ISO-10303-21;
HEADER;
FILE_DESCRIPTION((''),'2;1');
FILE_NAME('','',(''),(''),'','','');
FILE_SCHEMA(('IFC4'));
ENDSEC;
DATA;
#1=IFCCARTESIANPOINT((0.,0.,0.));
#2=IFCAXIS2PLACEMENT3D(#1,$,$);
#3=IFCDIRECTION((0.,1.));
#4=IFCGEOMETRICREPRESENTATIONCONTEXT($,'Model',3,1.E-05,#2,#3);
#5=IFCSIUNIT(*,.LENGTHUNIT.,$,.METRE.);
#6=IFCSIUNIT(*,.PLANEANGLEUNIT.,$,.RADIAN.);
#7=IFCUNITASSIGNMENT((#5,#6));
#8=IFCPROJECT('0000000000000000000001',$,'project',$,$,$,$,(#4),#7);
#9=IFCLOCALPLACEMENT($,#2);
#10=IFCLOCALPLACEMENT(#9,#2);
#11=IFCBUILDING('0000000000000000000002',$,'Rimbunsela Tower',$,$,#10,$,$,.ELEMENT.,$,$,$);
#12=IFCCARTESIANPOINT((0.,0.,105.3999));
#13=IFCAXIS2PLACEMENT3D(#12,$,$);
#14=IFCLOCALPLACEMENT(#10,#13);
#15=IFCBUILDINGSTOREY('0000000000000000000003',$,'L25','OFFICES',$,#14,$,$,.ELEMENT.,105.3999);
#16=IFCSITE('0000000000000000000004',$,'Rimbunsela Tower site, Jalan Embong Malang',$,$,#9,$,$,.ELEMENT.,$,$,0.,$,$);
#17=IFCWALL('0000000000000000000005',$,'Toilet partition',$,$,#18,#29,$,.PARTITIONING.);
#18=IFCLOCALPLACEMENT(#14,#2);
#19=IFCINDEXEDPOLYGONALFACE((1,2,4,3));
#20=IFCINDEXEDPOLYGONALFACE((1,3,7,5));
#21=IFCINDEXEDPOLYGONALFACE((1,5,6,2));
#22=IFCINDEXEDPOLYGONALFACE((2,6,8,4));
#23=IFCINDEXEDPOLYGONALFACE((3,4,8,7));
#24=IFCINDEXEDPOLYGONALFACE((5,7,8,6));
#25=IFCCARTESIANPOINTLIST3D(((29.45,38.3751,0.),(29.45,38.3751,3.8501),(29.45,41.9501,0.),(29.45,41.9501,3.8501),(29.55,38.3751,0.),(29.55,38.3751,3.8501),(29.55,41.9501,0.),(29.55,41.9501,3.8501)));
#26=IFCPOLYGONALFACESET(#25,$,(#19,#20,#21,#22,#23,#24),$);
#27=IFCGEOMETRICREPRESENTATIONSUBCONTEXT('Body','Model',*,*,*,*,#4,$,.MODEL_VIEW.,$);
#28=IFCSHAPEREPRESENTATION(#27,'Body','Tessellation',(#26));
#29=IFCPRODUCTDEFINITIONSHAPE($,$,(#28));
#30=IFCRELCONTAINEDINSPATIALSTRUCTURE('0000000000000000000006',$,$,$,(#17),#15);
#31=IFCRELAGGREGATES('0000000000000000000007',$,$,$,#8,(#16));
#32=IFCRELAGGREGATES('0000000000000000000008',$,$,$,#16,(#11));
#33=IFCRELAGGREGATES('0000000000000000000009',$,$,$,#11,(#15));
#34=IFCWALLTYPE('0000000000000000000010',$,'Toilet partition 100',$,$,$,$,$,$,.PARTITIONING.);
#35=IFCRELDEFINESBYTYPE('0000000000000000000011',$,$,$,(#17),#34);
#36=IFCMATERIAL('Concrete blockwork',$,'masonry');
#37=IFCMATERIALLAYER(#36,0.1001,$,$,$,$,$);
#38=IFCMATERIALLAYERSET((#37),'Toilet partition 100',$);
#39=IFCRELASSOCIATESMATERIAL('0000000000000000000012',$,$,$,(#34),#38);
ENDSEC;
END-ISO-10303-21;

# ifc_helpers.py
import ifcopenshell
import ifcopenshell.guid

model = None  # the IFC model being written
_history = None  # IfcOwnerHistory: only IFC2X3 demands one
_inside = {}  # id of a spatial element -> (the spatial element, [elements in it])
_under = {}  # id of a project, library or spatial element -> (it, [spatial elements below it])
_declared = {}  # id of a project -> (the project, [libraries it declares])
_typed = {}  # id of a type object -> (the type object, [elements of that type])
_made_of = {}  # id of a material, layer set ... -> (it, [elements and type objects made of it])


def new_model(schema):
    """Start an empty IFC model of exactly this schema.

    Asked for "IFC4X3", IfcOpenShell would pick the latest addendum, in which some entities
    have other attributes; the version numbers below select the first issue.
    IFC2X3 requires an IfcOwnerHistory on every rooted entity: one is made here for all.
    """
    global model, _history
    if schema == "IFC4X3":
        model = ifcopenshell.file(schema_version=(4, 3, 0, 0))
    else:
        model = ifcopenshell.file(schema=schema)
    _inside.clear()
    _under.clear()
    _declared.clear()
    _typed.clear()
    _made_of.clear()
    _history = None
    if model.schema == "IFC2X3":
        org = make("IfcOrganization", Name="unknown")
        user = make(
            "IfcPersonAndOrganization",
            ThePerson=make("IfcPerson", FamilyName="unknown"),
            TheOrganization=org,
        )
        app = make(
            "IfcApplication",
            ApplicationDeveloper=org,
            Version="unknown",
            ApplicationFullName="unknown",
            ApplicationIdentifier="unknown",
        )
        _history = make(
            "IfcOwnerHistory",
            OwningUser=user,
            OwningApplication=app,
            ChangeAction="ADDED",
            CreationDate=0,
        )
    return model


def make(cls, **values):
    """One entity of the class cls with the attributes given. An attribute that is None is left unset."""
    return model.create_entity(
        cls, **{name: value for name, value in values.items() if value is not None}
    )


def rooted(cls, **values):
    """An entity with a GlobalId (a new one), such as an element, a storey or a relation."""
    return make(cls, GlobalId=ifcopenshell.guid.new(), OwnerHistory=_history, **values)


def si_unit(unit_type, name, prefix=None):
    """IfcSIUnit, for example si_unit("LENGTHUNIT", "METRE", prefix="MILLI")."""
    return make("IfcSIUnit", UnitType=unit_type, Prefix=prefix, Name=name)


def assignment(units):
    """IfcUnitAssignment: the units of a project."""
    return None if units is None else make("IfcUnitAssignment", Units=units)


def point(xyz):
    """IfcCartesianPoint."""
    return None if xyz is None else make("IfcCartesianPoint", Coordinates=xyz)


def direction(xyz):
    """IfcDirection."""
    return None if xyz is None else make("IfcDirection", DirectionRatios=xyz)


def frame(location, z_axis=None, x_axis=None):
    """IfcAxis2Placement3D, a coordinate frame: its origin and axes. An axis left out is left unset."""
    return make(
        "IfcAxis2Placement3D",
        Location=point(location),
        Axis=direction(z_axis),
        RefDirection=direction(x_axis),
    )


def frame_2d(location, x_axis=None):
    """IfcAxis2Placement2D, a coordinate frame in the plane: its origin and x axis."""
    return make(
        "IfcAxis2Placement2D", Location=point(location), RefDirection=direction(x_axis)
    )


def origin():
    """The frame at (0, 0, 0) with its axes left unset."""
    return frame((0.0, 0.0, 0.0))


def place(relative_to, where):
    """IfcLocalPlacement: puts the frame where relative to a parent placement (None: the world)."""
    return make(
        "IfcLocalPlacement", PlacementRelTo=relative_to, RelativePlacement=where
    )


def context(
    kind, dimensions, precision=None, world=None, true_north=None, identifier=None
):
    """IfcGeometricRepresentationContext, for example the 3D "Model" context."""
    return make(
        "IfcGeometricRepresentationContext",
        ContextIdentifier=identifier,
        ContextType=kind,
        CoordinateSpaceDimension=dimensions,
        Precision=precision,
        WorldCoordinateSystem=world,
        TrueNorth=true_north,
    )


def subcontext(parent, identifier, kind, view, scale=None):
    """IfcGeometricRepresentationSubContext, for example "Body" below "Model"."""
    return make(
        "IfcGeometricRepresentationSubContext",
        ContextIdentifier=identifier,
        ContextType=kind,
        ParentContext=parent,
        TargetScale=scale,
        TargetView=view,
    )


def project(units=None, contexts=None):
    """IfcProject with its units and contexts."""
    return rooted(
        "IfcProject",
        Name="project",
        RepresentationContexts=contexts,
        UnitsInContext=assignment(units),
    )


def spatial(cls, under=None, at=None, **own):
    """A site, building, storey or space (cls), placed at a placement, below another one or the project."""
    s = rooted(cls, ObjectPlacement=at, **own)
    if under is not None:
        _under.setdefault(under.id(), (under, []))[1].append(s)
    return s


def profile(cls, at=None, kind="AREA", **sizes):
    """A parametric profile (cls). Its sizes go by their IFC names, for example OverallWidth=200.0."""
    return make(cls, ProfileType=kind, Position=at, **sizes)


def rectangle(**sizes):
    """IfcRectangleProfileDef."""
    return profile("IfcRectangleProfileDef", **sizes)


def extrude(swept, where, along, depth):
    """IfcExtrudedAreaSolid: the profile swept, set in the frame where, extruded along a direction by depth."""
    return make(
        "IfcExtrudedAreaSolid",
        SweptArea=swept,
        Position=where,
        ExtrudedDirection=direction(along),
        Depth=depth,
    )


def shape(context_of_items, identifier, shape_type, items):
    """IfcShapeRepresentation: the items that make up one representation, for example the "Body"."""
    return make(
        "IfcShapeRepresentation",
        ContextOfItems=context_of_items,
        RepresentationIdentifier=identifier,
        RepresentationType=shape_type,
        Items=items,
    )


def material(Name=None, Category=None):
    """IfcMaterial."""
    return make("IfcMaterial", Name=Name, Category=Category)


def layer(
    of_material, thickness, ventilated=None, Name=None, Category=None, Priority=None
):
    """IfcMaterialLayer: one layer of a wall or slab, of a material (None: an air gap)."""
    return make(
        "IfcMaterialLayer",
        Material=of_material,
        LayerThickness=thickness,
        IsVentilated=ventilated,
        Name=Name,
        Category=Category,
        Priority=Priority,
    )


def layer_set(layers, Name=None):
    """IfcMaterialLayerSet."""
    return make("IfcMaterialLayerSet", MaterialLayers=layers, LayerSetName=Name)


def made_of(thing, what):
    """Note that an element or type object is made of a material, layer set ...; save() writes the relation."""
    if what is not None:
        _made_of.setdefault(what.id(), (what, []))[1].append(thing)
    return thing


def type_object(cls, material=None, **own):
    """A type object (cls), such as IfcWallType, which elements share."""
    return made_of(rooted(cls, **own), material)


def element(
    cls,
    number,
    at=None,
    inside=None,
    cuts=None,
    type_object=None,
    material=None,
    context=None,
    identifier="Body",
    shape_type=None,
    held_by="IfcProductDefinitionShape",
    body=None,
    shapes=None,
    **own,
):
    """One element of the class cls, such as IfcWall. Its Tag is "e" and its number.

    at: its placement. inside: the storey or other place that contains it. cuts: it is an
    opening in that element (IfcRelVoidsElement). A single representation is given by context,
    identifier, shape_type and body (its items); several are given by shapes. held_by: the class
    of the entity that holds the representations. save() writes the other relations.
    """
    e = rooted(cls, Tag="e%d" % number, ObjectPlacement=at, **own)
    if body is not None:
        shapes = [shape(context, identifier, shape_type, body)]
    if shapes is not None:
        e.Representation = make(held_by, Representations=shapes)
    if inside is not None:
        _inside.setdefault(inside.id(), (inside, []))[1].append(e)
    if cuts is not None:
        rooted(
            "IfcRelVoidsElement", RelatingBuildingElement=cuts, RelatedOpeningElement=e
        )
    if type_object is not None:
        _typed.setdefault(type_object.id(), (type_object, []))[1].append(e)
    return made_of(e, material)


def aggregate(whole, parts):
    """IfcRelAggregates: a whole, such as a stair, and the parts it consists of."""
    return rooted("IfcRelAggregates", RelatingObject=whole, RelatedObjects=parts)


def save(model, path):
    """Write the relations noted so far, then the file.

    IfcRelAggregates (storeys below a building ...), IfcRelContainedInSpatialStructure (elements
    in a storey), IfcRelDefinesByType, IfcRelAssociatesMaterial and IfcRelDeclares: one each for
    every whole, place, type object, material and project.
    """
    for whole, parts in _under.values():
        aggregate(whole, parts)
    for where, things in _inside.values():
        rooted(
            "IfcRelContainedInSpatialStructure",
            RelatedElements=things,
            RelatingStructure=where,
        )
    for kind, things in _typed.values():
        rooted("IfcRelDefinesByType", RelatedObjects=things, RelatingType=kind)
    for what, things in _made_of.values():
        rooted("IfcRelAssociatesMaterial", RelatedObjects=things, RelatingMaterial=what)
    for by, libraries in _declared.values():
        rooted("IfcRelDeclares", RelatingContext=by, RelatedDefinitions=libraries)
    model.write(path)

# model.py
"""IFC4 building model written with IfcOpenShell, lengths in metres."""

from ifc_helpers import new_model, si_unit, direction, frame, frame_2d, origin, place, context, subcontext, project, spatial, rectangle, extrude, material, layer, layer_set, type_object, element, save


model = new_model("IFC4")

# Units and contexts
model_context = context("Model", 3, precision=1e-05, world=origin(), true_north=direction((0.0, 1.0)))
body_context = subcontext(model_context, "Body", "Model", "MODEL_VIEW")
ifc_project = project(units=[si_unit("LENGTHUNIT", "METRE"), si_unit("PLANEANGLEUNIT", "RADIAN")], contexts=[model_context])

# Site, building, storey
site_placement = place(None, origin())
site = spatial("IfcSite", under=ifc_project, at=site_placement, Name="Rimbunsela Tower site, Jalan Embong Malang", CompositionType="ELEMENT", RefElevation=0.0)
building_placement = place(site_placement, origin())
building = spatial("IfcBuilding", under=site, at=building_placement, Name="Rimbunsela Tower", CompositionType="ELEMENT")
storey_placement = place(building_placement, frame((0.0, 0.0, 105.3999)))
storey = spatial("IfcBuildingStorey", under=building, at=storey_placement, Name="L25", Description="OFFICES", CompositionType="ELEMENT", Elevation=105.3999)

# Wall
ifc_material_1 = material(Name="Concrete blockwork", Category="masonry")
ifc_layer_1 = layer(ifc_material_1, 0.1001)
ifc_layer_set_1 = layer_set([ifc_layer_1], Name="Toilet partition 100")
wall_type_1 = type_object("IfcWallType", Name="Toilet partition 100", PredefinedType="PARTITIONING", material=ifc_layer_set_1)
wall_1_placement = place(storey_placement, frame((29.5, 38.375, 0.0), z_axis=(0.0, 0.0, 1.0), x_axis=(0.0, 1.0, 0.0)))
element("IfcWall", 1, at=wall_1_placement, inside=storey, type_object=wall_type_1, Name="Toilet partition", PredefinedType="PARTITIONING", context=body_context, shape_type="SweptSolid", body=[
    extrude(rectangle(XDim=3.575, YDim=0.1001, at=frame_2d((1.7876, 0.0))), origin(), (0.0, 0.0, 1.0), 3.8501),
])

save(model, "model.ifc")
